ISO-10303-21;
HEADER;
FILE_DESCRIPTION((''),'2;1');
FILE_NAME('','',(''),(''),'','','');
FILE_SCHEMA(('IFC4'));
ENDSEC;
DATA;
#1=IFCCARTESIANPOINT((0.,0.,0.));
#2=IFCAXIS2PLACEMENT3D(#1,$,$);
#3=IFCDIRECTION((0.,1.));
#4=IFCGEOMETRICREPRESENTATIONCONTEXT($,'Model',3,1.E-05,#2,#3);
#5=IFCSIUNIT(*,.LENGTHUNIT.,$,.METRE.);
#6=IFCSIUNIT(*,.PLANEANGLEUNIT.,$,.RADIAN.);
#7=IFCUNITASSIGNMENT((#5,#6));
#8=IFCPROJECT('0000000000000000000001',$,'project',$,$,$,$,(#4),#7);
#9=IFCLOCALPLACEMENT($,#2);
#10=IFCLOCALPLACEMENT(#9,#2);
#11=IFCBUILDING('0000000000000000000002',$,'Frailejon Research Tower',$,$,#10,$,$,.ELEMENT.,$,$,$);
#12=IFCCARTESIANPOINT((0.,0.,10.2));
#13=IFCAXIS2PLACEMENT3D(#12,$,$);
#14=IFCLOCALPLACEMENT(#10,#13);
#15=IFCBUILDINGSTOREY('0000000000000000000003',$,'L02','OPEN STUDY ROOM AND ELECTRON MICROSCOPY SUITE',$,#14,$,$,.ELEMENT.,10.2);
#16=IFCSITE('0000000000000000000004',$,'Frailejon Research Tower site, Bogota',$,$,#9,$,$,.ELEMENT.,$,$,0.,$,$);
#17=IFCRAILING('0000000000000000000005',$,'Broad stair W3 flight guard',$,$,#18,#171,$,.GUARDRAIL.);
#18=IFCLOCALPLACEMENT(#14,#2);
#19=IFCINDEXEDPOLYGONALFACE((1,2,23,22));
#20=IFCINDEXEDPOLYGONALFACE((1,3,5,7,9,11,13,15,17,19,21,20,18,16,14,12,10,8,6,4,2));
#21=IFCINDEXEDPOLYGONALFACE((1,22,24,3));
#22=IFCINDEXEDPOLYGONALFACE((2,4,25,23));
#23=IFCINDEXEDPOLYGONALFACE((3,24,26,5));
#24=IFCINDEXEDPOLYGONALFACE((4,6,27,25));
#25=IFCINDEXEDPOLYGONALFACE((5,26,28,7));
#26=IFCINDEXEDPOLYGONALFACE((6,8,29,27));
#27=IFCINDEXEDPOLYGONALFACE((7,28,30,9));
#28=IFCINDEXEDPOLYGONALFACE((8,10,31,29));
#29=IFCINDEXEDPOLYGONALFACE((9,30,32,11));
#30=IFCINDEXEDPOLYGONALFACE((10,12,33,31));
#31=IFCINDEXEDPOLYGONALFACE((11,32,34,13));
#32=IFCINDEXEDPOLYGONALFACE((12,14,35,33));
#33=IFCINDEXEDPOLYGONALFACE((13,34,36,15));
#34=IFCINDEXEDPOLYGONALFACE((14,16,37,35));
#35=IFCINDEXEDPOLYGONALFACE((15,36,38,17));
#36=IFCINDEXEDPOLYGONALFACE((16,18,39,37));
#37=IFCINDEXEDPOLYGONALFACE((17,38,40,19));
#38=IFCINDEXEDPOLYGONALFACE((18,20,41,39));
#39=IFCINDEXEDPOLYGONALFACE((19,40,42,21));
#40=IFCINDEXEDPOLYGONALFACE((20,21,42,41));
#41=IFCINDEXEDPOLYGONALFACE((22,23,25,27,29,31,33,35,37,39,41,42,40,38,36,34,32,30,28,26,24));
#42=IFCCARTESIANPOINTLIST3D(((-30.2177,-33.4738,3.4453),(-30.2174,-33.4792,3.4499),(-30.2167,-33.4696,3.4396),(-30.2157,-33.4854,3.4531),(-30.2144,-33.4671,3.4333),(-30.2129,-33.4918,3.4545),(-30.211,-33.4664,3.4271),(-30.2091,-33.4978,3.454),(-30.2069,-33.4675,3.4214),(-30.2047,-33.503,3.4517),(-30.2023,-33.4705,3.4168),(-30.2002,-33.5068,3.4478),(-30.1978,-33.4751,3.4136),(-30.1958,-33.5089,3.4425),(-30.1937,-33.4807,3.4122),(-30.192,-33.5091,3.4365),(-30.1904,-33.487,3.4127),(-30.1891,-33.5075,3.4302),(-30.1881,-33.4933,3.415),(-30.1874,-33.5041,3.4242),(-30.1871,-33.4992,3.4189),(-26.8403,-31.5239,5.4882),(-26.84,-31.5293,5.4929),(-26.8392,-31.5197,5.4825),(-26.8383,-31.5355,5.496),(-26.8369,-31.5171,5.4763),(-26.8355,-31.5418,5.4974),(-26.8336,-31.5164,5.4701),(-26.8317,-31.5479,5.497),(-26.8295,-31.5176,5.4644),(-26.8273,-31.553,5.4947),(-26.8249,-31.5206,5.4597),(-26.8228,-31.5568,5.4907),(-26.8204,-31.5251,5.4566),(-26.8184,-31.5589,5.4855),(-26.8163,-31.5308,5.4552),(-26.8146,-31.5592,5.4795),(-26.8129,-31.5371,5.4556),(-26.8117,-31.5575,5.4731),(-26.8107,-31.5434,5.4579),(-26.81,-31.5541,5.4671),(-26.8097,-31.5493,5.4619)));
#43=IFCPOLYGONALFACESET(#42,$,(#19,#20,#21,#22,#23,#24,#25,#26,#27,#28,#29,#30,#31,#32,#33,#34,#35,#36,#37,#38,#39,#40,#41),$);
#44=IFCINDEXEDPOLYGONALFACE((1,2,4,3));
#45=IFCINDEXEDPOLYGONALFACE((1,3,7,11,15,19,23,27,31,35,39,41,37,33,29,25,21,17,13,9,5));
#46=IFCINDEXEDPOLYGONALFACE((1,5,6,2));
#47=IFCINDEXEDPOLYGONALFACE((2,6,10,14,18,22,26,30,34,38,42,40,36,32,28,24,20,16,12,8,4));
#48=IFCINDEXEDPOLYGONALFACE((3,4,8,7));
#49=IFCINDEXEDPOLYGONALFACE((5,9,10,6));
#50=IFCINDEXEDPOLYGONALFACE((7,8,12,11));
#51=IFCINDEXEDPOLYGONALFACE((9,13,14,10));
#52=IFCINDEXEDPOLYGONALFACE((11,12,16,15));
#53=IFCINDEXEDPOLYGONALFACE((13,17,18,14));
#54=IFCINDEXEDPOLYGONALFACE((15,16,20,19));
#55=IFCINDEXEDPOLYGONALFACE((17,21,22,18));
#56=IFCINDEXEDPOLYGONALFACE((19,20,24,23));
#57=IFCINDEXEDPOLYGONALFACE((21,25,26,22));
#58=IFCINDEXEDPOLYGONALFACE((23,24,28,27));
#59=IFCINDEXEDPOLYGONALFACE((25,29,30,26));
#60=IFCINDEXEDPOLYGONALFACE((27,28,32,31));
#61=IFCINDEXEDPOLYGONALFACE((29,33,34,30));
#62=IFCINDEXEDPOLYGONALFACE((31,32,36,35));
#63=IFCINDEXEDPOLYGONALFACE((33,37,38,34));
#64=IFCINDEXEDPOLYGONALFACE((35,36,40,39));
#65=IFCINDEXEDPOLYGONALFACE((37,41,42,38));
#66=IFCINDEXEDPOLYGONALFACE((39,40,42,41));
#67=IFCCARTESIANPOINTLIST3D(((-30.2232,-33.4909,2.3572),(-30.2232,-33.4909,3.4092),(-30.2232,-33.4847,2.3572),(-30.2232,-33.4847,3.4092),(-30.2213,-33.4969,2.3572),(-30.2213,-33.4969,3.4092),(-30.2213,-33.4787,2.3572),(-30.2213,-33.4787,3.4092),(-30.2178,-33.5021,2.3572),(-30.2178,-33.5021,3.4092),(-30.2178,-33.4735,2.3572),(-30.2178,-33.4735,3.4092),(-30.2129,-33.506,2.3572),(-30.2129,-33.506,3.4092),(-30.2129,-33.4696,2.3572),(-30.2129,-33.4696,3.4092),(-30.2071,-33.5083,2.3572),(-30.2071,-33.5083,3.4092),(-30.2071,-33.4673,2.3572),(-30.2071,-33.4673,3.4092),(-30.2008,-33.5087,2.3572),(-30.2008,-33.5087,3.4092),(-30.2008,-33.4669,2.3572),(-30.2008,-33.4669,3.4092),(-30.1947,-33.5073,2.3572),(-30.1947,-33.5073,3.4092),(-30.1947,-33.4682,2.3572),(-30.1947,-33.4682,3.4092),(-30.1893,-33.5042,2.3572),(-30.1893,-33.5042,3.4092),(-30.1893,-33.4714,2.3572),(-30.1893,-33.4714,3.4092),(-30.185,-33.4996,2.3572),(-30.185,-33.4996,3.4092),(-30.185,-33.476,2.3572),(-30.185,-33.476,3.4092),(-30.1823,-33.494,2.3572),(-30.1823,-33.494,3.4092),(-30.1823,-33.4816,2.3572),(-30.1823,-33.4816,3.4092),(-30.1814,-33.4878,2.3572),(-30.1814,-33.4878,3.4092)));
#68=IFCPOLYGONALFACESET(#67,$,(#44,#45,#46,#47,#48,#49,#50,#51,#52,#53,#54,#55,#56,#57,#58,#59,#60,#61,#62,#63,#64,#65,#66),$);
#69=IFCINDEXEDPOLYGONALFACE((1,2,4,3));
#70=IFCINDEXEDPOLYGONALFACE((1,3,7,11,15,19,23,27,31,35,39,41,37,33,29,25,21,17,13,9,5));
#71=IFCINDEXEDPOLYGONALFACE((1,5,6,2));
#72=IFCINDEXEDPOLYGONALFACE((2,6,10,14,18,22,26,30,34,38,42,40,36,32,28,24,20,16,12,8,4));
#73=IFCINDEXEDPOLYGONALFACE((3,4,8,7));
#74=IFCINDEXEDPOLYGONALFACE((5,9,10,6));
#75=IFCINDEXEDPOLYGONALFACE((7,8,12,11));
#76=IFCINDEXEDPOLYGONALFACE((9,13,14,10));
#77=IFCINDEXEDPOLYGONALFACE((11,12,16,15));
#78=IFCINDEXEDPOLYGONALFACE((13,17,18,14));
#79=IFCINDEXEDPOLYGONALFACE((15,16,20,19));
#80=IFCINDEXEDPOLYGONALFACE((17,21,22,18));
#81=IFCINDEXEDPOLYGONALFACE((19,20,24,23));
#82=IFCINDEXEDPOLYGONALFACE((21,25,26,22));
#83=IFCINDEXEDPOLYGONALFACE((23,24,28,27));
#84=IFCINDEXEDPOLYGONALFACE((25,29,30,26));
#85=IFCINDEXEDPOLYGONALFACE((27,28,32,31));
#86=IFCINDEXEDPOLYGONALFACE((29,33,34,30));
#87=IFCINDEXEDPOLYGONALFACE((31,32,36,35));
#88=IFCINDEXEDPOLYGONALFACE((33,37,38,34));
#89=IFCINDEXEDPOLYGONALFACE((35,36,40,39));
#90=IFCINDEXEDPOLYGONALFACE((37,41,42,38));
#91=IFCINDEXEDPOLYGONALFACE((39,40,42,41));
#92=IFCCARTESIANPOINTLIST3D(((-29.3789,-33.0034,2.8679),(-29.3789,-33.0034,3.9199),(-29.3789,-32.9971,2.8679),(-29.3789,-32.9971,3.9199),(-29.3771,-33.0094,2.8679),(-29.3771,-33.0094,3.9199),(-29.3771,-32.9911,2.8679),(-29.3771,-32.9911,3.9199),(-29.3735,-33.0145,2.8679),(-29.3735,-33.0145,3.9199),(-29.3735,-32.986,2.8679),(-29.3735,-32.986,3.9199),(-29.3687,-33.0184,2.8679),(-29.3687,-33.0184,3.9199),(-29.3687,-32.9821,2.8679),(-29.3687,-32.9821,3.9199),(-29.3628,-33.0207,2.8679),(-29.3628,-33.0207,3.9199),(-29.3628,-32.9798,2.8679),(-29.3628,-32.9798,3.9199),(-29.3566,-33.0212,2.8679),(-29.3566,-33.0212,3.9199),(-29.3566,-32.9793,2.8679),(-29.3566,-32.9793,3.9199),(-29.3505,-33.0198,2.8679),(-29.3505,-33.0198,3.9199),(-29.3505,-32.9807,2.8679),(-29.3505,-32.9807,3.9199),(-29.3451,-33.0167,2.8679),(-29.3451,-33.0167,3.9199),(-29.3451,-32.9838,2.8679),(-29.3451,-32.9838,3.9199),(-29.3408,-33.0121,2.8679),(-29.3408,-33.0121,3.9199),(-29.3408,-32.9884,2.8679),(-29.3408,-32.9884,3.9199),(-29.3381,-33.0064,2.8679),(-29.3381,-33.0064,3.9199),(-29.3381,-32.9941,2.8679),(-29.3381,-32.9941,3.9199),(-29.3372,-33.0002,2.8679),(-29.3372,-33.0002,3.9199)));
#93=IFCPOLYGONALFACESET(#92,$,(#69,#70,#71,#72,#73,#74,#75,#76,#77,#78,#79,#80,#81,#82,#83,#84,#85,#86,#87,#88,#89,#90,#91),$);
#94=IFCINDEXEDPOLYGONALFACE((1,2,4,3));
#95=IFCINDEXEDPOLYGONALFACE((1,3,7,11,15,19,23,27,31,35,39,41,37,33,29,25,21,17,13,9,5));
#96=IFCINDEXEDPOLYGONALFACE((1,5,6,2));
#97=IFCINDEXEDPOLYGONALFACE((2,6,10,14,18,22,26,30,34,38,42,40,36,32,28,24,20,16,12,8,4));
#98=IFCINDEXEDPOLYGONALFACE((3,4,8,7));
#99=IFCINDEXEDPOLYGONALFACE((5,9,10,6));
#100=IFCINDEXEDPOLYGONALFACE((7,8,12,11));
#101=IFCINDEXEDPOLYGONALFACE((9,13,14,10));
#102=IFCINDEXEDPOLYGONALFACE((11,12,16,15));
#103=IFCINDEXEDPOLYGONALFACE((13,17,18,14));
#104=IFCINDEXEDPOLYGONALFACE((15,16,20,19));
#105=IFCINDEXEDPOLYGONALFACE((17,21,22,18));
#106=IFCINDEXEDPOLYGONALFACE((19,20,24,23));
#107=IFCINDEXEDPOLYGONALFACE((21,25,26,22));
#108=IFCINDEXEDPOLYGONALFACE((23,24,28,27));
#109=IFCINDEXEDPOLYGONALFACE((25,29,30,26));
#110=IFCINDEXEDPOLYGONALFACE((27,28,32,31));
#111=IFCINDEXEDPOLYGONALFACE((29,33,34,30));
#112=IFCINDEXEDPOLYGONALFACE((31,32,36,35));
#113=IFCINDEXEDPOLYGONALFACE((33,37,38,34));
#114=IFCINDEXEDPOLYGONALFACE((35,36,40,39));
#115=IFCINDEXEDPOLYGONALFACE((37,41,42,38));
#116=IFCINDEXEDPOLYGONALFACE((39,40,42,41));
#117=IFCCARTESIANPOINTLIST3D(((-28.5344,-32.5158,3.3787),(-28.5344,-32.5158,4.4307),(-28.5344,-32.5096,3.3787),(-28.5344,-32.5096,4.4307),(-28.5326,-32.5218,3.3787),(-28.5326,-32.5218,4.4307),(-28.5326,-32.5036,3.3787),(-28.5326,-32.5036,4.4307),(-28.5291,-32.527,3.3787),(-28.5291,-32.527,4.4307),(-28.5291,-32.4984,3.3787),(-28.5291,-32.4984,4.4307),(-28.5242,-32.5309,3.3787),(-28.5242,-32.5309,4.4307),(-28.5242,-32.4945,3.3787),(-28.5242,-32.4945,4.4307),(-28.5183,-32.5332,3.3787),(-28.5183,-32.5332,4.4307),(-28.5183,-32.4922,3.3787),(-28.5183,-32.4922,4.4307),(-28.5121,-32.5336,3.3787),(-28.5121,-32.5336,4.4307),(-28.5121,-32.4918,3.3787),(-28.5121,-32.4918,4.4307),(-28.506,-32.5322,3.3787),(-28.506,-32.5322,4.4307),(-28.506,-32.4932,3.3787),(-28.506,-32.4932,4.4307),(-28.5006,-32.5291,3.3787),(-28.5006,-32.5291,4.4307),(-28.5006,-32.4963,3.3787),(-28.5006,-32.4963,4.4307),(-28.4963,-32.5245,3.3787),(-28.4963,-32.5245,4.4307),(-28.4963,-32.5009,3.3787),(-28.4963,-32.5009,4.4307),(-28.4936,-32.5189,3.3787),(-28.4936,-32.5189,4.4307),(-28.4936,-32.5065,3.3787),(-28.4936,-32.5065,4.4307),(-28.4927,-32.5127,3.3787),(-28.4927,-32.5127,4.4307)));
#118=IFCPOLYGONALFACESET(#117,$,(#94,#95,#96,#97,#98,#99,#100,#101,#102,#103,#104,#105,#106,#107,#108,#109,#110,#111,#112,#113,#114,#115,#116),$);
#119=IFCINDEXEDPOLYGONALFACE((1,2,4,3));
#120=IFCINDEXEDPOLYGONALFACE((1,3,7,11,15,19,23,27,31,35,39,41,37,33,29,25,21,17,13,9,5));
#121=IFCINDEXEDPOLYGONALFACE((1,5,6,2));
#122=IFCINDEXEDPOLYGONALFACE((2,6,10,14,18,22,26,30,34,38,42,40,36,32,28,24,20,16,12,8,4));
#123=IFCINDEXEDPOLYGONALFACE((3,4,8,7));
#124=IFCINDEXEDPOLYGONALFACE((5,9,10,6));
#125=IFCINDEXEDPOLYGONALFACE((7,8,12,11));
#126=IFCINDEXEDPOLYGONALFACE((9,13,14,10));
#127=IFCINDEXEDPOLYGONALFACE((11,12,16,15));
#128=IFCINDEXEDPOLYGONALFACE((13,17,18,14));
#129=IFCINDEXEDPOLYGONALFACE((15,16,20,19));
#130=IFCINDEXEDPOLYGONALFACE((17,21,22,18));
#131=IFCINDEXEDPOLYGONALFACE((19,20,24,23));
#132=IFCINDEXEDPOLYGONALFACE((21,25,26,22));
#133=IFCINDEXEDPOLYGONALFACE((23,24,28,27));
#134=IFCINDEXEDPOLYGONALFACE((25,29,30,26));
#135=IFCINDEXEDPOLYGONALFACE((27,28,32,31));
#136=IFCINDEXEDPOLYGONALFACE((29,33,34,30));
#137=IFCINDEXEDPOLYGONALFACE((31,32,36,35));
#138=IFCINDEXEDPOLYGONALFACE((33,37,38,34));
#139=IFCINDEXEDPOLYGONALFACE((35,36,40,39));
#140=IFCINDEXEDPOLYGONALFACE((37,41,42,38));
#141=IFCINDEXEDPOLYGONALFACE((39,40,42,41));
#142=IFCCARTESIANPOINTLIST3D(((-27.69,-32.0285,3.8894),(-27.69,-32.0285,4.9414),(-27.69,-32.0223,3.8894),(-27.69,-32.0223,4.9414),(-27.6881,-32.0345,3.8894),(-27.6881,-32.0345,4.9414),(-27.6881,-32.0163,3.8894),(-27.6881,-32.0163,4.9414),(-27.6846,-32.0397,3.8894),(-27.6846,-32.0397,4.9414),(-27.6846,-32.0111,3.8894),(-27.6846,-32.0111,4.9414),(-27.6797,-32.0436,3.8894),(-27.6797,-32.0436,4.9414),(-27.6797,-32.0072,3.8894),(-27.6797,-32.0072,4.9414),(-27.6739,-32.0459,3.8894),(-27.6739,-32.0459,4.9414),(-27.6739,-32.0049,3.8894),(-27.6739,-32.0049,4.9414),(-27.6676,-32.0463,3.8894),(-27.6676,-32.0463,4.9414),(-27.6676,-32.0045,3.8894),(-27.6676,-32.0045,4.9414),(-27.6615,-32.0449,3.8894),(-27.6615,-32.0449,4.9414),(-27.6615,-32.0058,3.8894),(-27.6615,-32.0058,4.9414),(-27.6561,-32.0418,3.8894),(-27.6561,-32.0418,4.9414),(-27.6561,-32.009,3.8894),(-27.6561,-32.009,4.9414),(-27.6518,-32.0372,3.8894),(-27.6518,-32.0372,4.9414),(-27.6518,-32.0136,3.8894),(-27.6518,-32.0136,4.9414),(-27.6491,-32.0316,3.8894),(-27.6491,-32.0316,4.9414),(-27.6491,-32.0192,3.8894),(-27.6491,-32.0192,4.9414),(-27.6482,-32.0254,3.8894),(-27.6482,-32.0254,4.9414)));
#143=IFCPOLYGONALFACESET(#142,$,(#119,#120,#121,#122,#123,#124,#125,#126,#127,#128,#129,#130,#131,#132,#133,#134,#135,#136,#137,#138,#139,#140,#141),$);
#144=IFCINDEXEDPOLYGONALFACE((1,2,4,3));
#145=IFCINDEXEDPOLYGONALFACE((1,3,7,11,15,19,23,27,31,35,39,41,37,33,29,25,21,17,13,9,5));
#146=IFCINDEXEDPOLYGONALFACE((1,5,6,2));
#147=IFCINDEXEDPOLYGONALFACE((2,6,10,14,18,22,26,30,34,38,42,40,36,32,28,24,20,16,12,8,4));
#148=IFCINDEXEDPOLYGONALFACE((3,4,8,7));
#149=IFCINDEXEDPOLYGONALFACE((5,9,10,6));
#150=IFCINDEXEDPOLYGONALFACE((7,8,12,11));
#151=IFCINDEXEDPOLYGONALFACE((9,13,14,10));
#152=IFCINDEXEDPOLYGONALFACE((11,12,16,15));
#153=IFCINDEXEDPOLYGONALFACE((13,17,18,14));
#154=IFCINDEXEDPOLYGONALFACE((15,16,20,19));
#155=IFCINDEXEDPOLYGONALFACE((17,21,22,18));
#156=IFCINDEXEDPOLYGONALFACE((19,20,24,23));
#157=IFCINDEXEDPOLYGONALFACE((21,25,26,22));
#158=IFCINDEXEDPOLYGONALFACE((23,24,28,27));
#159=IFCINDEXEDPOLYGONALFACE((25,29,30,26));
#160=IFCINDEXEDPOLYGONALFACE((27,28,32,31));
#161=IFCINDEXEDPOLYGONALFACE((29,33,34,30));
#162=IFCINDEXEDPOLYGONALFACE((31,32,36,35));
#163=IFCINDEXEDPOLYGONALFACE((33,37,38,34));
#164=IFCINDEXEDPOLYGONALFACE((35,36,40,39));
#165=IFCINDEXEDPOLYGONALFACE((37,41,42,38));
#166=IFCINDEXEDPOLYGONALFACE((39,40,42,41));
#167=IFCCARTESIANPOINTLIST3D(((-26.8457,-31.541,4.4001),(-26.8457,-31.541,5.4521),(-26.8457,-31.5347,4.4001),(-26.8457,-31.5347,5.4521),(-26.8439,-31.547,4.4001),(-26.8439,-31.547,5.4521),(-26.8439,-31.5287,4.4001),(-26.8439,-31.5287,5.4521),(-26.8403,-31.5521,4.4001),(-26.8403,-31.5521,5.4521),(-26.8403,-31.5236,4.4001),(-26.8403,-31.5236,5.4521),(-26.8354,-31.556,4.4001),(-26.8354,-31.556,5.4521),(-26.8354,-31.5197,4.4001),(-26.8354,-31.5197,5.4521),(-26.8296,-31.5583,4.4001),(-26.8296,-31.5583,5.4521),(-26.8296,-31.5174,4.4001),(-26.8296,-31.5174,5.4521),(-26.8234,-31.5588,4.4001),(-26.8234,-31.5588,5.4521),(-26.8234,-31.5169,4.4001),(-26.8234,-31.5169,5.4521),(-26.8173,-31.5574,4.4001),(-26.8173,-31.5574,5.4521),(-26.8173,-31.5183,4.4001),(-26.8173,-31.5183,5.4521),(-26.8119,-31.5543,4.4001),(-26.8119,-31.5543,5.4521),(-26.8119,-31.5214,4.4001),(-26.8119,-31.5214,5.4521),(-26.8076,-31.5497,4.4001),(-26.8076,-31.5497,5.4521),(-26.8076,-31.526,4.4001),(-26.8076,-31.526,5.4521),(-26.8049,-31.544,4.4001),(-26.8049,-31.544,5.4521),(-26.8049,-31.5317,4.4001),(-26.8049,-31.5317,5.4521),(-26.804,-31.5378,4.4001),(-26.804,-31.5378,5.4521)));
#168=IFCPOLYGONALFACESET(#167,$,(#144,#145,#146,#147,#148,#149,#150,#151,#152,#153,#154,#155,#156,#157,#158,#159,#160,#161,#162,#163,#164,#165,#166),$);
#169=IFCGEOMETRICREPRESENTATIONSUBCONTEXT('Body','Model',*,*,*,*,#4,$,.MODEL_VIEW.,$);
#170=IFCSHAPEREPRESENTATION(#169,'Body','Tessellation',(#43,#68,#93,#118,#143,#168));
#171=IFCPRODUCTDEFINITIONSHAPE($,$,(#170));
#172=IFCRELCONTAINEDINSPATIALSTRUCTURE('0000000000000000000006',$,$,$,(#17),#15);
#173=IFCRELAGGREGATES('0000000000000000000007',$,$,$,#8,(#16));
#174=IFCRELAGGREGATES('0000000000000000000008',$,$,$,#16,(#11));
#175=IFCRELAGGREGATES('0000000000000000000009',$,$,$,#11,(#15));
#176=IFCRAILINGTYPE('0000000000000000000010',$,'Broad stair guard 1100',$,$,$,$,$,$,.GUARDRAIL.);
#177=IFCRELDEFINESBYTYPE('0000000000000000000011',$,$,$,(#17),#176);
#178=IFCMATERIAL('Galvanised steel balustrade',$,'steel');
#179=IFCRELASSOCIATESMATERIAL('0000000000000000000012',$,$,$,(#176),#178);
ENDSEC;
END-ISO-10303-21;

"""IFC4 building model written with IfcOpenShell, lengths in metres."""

from ifc_helpers import new_model, si_unit, direction, frame, origin, origin_2d, place, context, subcontext, project, spatial, circle, extrude, material, type_object, element, save


model = new_model("IFC4")

# Units and contexts
model_context = context("Model", 3, precision=1e-05, world=origin(), true_north=direction((0.0, 1.0)))
body_context = subcontext(model_context, "Body", "Model", "MODEL_VIEW")
ifc_project = project(units=[si_unit("LENGTHUNIT", "METRE"), si_unit("PLANEANGLEUNIT", "RADIAN")], contexts=[model_context])

# Site, building, storey
site_placement = place(None, origin())
site = spatial("IfcSite", under=ifc_project, at=site_placement, Name="Frailejon Research Tower site, Bogota", CompositionType="ELEMENT", RefElevation=0.0)
building_placement = place(site_placement, origin())
building = spatial("IfcBuilding", under=site, at=building_placement, Name="Frailejon Research Tower", CompositionType="ELEMENT")
storey_placement = place(building_placement, frame((0.0, 0.0, 10.2)))
storey = spatial("IfcBuildingStorey", under=building, at=storey_placement, Name="L02", Description="OPEN STUDY ROOM AND ELECTRON MICROSCOPY SUITE", CompositionType="ELEMENT", Elevation=10.2)

# Railing
ifc_material_1 = material(Name="Galvanised steel balustrade", Category="steel")
railing_type_1 = type_object("IfcRailingType", Name="Broad stair guard 1100", PredefinedType="GUARDRAIL", material=ifc_material_1)
railing_1_placement = place(storey_placement, frame((-30.2024, -33.4878, 2.3572)))
element("IfcRailing", 1, at=railing_1_placement, inside=storey, type_object=railing_type_1, Name="Broad stair W3 flight guard", PredefinedType="GUARDRAIL", context=body_context, shape_type="SweptSolid", body=[
    extrude(circle(Radius=0.0239, at=origin_2d()), frame((0.0, 0.0, 1.0762), z_axis=(0.767142, 0.442906, 0.464034), x_axis=(-0.499997, 0.866027, 0.0)), (0.0, 0.0, 1.0), 4.4026),
    extrude(circle(Radius=0.021, at=origin_2d()), origin(), (0.0, 0.0, 1.0), 1.052),
    extrude(circle(Radius=0.021, at=origin_2d()), frame((0.8442, 0.4875, 0.5107)), (0.0, 0.0, 1.0), 1.052),
    extrude(circle(Radius=0.021, at=origin_2d()), frame((1.6887, 0.9751, 1.0215)), (0.0, 0.0, 1.0), 1.052),
    extrude(circle(Radius=0.021, at=origin_2d()), frame((2.5332, 1.4624, 1.5322)), (0.0, 0.0, 1.0), 1.052),
    extrude(circle(Radius=0.021, at=origin_2d()), frame((3.3774, 1.95, 2.043)), (0.0, 0.0, 1.0), 1.052),
])

save(model, "model.ifc")
